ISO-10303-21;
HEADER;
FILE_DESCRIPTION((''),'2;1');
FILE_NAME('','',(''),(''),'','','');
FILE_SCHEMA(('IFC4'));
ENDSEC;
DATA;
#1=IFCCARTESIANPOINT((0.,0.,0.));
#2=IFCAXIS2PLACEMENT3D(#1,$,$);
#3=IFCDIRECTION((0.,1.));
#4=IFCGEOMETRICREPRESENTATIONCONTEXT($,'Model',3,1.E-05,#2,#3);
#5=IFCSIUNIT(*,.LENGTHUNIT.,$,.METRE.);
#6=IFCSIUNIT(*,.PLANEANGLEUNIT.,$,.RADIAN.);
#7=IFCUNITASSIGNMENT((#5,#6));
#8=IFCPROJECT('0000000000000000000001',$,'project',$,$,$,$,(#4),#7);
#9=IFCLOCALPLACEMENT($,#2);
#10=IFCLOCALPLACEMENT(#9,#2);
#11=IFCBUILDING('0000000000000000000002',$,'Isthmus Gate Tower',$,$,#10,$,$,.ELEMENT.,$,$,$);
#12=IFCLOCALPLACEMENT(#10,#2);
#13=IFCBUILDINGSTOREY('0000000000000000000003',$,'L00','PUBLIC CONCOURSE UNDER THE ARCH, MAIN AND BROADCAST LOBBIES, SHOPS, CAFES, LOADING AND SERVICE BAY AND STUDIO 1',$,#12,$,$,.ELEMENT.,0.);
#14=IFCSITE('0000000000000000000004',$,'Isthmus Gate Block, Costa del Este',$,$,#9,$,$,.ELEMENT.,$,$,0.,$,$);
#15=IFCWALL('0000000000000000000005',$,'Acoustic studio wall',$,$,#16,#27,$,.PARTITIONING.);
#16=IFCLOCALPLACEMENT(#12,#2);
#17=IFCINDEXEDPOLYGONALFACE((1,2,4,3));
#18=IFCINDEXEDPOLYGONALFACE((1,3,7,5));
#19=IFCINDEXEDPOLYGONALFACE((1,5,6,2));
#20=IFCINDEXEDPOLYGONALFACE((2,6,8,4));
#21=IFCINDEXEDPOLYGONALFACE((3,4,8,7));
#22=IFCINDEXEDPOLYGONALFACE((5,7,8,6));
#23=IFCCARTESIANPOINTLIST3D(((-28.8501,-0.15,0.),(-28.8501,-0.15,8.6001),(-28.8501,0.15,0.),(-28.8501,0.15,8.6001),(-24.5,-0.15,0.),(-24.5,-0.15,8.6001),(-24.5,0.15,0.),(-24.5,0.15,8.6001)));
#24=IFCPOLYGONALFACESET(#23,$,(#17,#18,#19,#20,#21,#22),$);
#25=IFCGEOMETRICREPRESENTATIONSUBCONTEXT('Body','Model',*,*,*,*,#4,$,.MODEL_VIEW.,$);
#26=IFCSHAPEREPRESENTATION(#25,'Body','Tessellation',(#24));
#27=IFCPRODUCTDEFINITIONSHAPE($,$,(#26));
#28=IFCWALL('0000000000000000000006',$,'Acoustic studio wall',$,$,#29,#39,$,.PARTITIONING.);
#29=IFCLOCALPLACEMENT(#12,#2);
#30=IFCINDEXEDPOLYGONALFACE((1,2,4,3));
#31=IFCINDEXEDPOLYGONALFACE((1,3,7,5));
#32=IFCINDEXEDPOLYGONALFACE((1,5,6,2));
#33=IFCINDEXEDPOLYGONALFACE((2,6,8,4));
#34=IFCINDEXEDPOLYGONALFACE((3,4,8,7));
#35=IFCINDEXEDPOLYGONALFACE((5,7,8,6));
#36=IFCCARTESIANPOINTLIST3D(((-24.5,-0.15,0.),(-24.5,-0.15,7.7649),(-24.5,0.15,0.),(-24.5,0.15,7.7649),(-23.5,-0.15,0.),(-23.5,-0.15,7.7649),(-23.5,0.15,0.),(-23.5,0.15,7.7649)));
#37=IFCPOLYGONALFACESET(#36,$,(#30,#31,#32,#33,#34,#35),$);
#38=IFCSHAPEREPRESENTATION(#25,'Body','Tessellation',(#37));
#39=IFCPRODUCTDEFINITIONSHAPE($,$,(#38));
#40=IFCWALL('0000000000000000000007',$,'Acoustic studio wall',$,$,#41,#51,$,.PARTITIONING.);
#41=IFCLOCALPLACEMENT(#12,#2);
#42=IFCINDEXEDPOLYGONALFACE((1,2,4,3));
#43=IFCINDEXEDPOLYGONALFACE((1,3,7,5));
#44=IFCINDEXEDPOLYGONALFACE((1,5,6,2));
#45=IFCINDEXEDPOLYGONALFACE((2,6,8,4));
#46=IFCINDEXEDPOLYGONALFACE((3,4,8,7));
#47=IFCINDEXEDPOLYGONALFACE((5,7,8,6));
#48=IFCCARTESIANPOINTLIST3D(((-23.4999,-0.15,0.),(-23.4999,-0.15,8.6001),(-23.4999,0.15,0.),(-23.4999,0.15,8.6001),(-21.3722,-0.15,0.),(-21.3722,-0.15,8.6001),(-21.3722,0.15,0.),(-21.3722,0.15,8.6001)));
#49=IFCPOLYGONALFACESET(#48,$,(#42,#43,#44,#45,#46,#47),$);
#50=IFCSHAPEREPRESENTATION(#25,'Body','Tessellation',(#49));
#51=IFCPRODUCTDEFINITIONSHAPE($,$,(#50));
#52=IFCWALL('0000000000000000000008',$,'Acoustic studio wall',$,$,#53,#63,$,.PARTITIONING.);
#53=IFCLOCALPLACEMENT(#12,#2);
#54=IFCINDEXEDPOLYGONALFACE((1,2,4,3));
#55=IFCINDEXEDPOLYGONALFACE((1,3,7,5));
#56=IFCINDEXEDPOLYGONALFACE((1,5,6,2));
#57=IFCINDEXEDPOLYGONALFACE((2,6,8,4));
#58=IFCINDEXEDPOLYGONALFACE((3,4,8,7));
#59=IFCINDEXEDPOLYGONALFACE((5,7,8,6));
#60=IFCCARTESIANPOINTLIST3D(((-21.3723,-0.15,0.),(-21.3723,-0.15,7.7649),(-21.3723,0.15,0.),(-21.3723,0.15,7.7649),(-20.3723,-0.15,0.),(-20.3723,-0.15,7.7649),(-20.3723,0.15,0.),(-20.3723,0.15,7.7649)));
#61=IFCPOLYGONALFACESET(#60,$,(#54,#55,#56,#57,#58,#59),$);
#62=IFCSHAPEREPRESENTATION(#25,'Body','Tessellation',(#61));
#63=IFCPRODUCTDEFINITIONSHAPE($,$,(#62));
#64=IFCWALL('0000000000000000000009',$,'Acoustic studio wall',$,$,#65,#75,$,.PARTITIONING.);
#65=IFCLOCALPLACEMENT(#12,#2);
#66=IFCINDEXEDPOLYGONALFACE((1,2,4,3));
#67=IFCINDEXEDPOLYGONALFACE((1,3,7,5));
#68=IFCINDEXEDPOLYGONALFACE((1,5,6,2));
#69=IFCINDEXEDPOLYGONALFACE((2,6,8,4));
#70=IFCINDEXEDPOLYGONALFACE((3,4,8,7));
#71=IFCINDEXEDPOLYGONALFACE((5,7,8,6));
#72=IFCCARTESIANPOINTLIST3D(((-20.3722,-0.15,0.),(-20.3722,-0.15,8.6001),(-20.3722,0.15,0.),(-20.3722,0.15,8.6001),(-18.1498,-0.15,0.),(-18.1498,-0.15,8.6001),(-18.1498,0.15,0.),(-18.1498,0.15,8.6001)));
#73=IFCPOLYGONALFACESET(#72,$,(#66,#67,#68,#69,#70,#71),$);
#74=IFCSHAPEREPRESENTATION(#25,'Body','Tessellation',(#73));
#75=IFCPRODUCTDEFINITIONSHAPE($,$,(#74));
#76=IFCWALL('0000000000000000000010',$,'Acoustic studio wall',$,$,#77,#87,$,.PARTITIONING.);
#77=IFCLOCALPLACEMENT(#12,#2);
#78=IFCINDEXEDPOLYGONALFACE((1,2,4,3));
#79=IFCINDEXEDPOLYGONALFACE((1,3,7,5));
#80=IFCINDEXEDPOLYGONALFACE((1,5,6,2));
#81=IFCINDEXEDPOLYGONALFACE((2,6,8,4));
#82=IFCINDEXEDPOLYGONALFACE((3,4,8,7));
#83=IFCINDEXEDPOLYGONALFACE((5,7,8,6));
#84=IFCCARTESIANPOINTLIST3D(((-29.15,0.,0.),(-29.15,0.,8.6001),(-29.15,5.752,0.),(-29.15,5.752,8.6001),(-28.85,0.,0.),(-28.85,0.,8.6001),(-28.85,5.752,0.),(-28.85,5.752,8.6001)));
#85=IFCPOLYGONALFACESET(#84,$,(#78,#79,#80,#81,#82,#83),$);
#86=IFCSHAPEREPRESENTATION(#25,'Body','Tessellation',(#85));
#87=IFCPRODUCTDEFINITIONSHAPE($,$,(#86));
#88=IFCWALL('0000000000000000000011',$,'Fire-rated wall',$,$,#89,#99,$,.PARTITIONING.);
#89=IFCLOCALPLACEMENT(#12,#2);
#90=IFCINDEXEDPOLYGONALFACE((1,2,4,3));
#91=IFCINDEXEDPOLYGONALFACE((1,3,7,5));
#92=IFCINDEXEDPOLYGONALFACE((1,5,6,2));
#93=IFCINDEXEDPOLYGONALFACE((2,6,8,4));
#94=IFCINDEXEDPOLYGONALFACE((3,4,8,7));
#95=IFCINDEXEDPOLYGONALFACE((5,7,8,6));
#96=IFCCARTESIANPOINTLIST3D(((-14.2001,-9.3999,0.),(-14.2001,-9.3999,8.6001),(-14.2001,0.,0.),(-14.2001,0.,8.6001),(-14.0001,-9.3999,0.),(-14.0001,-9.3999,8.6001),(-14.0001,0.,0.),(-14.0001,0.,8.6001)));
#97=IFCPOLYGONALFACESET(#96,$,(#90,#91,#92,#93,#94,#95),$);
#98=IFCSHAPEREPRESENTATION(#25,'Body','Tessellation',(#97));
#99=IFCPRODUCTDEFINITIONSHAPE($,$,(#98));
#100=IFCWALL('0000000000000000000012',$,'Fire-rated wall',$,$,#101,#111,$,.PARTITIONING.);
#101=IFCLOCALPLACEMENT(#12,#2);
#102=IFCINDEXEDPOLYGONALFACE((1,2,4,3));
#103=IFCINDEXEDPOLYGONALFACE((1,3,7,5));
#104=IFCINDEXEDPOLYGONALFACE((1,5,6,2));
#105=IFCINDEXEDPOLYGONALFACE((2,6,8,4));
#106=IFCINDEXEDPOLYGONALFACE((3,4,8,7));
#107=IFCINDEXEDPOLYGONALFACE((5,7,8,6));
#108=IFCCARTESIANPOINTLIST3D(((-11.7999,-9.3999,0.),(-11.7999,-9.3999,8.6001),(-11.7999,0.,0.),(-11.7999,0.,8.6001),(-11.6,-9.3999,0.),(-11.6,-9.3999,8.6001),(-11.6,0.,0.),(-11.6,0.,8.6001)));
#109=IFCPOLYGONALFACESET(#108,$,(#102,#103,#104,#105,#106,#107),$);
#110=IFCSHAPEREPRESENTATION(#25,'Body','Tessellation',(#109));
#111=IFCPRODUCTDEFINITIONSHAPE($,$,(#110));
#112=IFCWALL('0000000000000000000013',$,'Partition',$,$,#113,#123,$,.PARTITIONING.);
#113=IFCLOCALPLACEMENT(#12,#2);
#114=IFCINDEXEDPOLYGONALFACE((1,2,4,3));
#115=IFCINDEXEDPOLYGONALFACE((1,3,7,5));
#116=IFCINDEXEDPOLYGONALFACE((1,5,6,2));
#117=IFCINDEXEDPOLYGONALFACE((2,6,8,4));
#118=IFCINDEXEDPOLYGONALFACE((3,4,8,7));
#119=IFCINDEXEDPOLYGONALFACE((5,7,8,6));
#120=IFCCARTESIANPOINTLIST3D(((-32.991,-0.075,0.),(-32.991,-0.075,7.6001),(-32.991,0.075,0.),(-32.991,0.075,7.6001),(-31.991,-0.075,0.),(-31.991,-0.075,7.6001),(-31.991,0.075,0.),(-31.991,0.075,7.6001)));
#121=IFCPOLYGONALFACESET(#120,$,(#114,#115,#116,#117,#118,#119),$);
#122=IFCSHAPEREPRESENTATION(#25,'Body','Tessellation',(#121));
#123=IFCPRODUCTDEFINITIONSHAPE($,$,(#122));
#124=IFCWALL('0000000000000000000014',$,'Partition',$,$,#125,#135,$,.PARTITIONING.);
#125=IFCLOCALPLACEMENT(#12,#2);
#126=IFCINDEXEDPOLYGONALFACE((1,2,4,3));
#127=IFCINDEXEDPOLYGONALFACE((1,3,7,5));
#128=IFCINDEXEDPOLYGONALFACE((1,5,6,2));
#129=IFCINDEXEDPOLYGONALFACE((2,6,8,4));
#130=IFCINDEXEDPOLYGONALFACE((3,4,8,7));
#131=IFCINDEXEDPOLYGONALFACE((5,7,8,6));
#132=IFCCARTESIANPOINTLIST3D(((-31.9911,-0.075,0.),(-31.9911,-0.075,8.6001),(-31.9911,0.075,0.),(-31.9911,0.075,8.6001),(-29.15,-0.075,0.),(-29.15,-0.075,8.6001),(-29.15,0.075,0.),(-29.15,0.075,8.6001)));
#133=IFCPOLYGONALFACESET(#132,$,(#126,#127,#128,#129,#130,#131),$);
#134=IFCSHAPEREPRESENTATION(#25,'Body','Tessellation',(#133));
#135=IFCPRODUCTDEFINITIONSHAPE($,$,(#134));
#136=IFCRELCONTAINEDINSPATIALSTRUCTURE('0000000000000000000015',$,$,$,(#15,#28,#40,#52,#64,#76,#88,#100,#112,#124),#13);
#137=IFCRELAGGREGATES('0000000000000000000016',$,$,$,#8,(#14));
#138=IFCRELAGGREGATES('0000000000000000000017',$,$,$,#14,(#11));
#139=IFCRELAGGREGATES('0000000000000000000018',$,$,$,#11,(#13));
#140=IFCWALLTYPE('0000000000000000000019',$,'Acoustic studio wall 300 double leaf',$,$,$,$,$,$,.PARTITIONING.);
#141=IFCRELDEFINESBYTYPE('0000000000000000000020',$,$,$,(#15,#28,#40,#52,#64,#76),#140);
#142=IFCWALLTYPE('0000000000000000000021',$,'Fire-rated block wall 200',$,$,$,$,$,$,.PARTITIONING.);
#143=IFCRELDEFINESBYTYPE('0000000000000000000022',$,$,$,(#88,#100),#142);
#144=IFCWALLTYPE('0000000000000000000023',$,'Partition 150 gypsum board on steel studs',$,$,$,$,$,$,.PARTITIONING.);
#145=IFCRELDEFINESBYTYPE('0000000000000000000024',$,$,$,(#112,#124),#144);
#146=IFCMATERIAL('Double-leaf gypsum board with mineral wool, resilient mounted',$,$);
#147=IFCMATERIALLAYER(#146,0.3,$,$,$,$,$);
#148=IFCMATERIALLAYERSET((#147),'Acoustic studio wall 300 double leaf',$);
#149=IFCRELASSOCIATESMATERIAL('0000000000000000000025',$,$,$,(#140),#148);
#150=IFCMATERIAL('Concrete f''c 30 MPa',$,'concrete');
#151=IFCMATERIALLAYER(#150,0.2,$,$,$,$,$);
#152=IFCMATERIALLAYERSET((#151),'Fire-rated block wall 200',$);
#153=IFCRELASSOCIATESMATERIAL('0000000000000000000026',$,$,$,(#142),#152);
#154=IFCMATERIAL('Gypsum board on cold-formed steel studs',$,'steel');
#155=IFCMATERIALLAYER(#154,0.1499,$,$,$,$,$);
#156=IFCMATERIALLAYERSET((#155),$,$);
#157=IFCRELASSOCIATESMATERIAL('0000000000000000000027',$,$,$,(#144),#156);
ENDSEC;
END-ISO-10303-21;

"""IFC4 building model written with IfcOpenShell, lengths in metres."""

from ifc_helpers import new_model, si_unit, direction, frame, frame_2d, origin, place, context, subcontext, project, spatial, rectangle, extrude, material, layer, layer_set, type_object, element, save


model = new_model("IFC4")

# Units and contexts
model_context = context("Model", 3, precision=1e-05, world=origin(), true_north=direction((0.0, 1.0)))
body_context = subcontext(model_context, "Body", "Model", "MODEL_VIEW")
ifc_project = project(units=[si_unit("LENGTHUNIT", "METRE"), si_unit("PLANEANGLEUNIT", "RADIAN")], contexts=[model_context])

# Site, building, storey
site_placement = place(None, origin())
site = spatial("IfcSite", under=ifc_project, at=site_placement, Name="Isthmus Gate Block, Costa del Este", CompositionType="ELEMENT", RefElevation=0.0)
building_placement = place(site_placement, origin())
building = spatial("IfcBuilding", under=site, at=building_placement, Name="Isthmus Gate Tower", CompositionType="ELEMENT")
storey_placement = place(building_placement, origin())
storey = spatial("IfcBuildingStorey", under=building, at=storey_placement, Name="L00", Description="PUBLIC CONCOURSE UNDER THE ARCH, MAIN AND BROADCAST LOBBIES, SHOPS, CAFES, LOADING AND SERVICE BAY AND STUDIO 1", CompositionType="ELEMENT", Elevation=0.0)

# Walls
ifc_material_1 = material(Name="Double-leaf gypsum board with mineral wool, resilient mounted")
ifc_layer_1 = layer(ifc_material_1, 0.3)
ifc_layer_set_1 = layer_set([ifc_layer_1], Name="Acoustic studio wall 300 double leaf")
wall_type_1 = type_object("IfcWallType", Name="Acoustic studio wall 300 double leaf", PredefinedType="PARTITIONING", material=ifc_layer_set_1)
wall_1_placement = place(storey_placement, frame((-28.8501, 0.0, 0.0), z_axis=(0.0, 0.0, 1.0), x_axis=(1.0, 0.0, 0.0)))
element("IfcWall", 1, at=wall_1_placement, inside=storey, type_object=wall_type_1, Name="Acoustic studio wall", PredefinedType="PARTITIONING", context=body_context, shape_type="SweptSolid", body=[
    extrude(rectangle(XDim=4.3501, YDim=0.3, at=frame_2d((2.175, 0.0))), origin(), (0.0, 0.0, 1.0), 8.6001),
])
wall_2_placement = place(storey_placement, frame((-24.5, 0.0, 0.0), z_axis=(0.0, 0.0, 1.0), x_axis=(1.0, 0.0, 0.0)))
element("IfcWall", 2, at=wall_2_placement, inside=storey, type_object=wall_type_1, Name="Acoustic studio wall", PredefinedType="PARTITIONING", context=body_context, shape_type="SweptSolid", body=[
    extrude(rectangle(XDim=1.0, YDim=0.3, at=frame_2d((0.5, 0.0))), origin(), (0.0, 0.0, 1.0), 7.7649),
])
wall_3_placement = place(storey_placement, frame((-23.5, 0.0, 0.0), z_axis=(0.0, 0.0, 1.0), x_axis=(1.0, 0.0, 0.0)))
element("IfcWall", 3, at=wall_3_placement, inside=storey, type_object=wall_type_1, Name="Acoustic studio wall", PredefinedType="PARTITIONING", context=body_context, shape_type="SweptSolid", body=[
    extrude(rectangle(XDim=2.1277, YDim=0.3, at=frame_2d((1.064, 0.0))), origin(), (0.0, 0.0, 1.0), 8.6001),
])
wall_4_placement = place(storey_placement, frame((-21.3723, 0.0, 0.0), z_axis=(0.0, 0.0, 1.0), x_axis=(1.0, 0.0, 0.0)))
element("IfcWall", 4, at=wall_4_placement, inside=storey, type_object=wall_type_1, Name="Acoustic studio wall", PredefinedType="PARTITIONING", context=body_context, shape_type="SweptSolid", body=[
    extrude(rectangle(XDim=1.0, YDim=0.3, at=frame_2d((0.5, 0.0))), origin(), (0.0, 0.0, 1.0), 7.7649),
])
wall_5_placement = place(storey_placement, frame((-20.3723, 0.0, 0.0), z_axis=(0.0, 0.0, 1.0), x_axis=(1.0, 0.0, 0.0)))
element("IfcWall", 5, at=wall_5_placement, inside=storey, type_object=wall_type_1, Name="Acoustic studio wall", PredefinedType="PARTITIONING", context=body_context, shape_type="SweptSolid", body=[
    extrude(rectangle(XDim=2.2224, YDim=0.3, at=frame_2d((1.1113, 0.0))), origin(), (0.0, 0.0, 1.0), 8.6001),
])
wall_6_placement = place(storey_placement, frame((-29.0, 0.0, 0.0), z_axis=(0.0, 0.0, 1.0), x_axis=(0.0, 1.0, 0.0)))
element("IfcWall", 6, at=wall_6_placement, inside=storey, type_object=wall_type_1, Name="Acoustic studio wall", PredefinedType="PARTITIONING", context=body_context, shape_type="SweptSolid", body=[
    extrude(rectangle(XDim=5.752, YDim=0.3, at=frame_2d((2.876, 0.0))), origin(), (0.0, 0.0, 1.0), 8.6001),
])

# Walls
ifc_material_2 = material(Name="Concrete f'c 30 MPa", Category="concrete")
ifc_layer_2 = layer(ifc_material_2, 0.2)
ifc_layer_set_2 = layer_set([ifc_layer_2], Name="Fire-rated block wall 200")
wall_type_2 = type_object("IfcWallType", Name="Fire-rated block wall 200", PredefinedType="PARTITIONING", material=ifc_layer_set_2)
for number, where, z_axis, x_axis, name in (
    (7, (-14.1001, -9.3999, 0.0), (0.0, 0.0, 1.0), (0.0, 1.0, 0.0), "Fire-rated wall"),
    (8, (-11.7, -9.3999, 0.0), (0.0, 0.0, 1.0), (0.0, 1.0, 0.0), "Fire-rated wall"),
):
    element("IfcWall", number, at=place(storey_placement, frame(where, z_axis=z_axis, x_axis=x_axis)), inside=storey, type_object=wall_type_2, Name=name, PredefinedType="PARTITIONING", context=body_context, shape_type="SweptSolid", body=[
        extrude(rectangle(XDim=9.3999, YDim=0.2, at=frame_2d((4.7, 0.0))), origin(), (0.0, 0.0, 1.0), 8.6001),
    ])
ifc_material_3 = material(Name="Gypsum board on cold-formed steel studs", Category="steel")
ifc_layer_3 = layer(ifc_material_3, 0.1499)
ifc_layer_set_3 = layer_set([ifc_layer_3])
wall_type_3 = type_object("IfcWallType", Name="Partition 150 gypsum board on steel studs", PredefinedType="PARTITIONING", material=ifc_layer_set_3)
wall_7_placement = place(storey_placement, frame((-32.991, 0.0, 0.0), z_axis=(0.0, 0.0, 1.0), x_axis=(1.0, 0.0, 0.0)))
element("IfcWall", 9, at=wall_7_placement, inside=storey, type_object=wall_type_3, Name="Partition", PredefinedType="PARTITIONING", context=body_context, shape_type="SweptSolid", body=[
    extrude(rectangle(XDim=1.0, YDim=0.1499, at=frame_2d((0.5, 0.0))), origin(), (0.0, 0.0, 1.0), 7.6001),
])
wall_8_placement = place(storey_placement, frame((-31.991, 0.0, 0.0), z_axis=(0.0, 0.0, 1.0), x_axis=(1.0, 0.0, 0.0)))
element("IfcWall", 10, at=wall_8_placement, inside=storey, type_object=wall_type_3, Name="Partition", PredefinedType="PARTITIONING", context=body_context, shape_type="SweptSolid", body=[
    extrude(rectangle(XDim=2.8411, YDim=0.1499, at=frame_2d((1.4204, 0.0))), origin(), (0.0, 0.0, 1.0), 8.6001),
])

save(model, "model.ifc")
